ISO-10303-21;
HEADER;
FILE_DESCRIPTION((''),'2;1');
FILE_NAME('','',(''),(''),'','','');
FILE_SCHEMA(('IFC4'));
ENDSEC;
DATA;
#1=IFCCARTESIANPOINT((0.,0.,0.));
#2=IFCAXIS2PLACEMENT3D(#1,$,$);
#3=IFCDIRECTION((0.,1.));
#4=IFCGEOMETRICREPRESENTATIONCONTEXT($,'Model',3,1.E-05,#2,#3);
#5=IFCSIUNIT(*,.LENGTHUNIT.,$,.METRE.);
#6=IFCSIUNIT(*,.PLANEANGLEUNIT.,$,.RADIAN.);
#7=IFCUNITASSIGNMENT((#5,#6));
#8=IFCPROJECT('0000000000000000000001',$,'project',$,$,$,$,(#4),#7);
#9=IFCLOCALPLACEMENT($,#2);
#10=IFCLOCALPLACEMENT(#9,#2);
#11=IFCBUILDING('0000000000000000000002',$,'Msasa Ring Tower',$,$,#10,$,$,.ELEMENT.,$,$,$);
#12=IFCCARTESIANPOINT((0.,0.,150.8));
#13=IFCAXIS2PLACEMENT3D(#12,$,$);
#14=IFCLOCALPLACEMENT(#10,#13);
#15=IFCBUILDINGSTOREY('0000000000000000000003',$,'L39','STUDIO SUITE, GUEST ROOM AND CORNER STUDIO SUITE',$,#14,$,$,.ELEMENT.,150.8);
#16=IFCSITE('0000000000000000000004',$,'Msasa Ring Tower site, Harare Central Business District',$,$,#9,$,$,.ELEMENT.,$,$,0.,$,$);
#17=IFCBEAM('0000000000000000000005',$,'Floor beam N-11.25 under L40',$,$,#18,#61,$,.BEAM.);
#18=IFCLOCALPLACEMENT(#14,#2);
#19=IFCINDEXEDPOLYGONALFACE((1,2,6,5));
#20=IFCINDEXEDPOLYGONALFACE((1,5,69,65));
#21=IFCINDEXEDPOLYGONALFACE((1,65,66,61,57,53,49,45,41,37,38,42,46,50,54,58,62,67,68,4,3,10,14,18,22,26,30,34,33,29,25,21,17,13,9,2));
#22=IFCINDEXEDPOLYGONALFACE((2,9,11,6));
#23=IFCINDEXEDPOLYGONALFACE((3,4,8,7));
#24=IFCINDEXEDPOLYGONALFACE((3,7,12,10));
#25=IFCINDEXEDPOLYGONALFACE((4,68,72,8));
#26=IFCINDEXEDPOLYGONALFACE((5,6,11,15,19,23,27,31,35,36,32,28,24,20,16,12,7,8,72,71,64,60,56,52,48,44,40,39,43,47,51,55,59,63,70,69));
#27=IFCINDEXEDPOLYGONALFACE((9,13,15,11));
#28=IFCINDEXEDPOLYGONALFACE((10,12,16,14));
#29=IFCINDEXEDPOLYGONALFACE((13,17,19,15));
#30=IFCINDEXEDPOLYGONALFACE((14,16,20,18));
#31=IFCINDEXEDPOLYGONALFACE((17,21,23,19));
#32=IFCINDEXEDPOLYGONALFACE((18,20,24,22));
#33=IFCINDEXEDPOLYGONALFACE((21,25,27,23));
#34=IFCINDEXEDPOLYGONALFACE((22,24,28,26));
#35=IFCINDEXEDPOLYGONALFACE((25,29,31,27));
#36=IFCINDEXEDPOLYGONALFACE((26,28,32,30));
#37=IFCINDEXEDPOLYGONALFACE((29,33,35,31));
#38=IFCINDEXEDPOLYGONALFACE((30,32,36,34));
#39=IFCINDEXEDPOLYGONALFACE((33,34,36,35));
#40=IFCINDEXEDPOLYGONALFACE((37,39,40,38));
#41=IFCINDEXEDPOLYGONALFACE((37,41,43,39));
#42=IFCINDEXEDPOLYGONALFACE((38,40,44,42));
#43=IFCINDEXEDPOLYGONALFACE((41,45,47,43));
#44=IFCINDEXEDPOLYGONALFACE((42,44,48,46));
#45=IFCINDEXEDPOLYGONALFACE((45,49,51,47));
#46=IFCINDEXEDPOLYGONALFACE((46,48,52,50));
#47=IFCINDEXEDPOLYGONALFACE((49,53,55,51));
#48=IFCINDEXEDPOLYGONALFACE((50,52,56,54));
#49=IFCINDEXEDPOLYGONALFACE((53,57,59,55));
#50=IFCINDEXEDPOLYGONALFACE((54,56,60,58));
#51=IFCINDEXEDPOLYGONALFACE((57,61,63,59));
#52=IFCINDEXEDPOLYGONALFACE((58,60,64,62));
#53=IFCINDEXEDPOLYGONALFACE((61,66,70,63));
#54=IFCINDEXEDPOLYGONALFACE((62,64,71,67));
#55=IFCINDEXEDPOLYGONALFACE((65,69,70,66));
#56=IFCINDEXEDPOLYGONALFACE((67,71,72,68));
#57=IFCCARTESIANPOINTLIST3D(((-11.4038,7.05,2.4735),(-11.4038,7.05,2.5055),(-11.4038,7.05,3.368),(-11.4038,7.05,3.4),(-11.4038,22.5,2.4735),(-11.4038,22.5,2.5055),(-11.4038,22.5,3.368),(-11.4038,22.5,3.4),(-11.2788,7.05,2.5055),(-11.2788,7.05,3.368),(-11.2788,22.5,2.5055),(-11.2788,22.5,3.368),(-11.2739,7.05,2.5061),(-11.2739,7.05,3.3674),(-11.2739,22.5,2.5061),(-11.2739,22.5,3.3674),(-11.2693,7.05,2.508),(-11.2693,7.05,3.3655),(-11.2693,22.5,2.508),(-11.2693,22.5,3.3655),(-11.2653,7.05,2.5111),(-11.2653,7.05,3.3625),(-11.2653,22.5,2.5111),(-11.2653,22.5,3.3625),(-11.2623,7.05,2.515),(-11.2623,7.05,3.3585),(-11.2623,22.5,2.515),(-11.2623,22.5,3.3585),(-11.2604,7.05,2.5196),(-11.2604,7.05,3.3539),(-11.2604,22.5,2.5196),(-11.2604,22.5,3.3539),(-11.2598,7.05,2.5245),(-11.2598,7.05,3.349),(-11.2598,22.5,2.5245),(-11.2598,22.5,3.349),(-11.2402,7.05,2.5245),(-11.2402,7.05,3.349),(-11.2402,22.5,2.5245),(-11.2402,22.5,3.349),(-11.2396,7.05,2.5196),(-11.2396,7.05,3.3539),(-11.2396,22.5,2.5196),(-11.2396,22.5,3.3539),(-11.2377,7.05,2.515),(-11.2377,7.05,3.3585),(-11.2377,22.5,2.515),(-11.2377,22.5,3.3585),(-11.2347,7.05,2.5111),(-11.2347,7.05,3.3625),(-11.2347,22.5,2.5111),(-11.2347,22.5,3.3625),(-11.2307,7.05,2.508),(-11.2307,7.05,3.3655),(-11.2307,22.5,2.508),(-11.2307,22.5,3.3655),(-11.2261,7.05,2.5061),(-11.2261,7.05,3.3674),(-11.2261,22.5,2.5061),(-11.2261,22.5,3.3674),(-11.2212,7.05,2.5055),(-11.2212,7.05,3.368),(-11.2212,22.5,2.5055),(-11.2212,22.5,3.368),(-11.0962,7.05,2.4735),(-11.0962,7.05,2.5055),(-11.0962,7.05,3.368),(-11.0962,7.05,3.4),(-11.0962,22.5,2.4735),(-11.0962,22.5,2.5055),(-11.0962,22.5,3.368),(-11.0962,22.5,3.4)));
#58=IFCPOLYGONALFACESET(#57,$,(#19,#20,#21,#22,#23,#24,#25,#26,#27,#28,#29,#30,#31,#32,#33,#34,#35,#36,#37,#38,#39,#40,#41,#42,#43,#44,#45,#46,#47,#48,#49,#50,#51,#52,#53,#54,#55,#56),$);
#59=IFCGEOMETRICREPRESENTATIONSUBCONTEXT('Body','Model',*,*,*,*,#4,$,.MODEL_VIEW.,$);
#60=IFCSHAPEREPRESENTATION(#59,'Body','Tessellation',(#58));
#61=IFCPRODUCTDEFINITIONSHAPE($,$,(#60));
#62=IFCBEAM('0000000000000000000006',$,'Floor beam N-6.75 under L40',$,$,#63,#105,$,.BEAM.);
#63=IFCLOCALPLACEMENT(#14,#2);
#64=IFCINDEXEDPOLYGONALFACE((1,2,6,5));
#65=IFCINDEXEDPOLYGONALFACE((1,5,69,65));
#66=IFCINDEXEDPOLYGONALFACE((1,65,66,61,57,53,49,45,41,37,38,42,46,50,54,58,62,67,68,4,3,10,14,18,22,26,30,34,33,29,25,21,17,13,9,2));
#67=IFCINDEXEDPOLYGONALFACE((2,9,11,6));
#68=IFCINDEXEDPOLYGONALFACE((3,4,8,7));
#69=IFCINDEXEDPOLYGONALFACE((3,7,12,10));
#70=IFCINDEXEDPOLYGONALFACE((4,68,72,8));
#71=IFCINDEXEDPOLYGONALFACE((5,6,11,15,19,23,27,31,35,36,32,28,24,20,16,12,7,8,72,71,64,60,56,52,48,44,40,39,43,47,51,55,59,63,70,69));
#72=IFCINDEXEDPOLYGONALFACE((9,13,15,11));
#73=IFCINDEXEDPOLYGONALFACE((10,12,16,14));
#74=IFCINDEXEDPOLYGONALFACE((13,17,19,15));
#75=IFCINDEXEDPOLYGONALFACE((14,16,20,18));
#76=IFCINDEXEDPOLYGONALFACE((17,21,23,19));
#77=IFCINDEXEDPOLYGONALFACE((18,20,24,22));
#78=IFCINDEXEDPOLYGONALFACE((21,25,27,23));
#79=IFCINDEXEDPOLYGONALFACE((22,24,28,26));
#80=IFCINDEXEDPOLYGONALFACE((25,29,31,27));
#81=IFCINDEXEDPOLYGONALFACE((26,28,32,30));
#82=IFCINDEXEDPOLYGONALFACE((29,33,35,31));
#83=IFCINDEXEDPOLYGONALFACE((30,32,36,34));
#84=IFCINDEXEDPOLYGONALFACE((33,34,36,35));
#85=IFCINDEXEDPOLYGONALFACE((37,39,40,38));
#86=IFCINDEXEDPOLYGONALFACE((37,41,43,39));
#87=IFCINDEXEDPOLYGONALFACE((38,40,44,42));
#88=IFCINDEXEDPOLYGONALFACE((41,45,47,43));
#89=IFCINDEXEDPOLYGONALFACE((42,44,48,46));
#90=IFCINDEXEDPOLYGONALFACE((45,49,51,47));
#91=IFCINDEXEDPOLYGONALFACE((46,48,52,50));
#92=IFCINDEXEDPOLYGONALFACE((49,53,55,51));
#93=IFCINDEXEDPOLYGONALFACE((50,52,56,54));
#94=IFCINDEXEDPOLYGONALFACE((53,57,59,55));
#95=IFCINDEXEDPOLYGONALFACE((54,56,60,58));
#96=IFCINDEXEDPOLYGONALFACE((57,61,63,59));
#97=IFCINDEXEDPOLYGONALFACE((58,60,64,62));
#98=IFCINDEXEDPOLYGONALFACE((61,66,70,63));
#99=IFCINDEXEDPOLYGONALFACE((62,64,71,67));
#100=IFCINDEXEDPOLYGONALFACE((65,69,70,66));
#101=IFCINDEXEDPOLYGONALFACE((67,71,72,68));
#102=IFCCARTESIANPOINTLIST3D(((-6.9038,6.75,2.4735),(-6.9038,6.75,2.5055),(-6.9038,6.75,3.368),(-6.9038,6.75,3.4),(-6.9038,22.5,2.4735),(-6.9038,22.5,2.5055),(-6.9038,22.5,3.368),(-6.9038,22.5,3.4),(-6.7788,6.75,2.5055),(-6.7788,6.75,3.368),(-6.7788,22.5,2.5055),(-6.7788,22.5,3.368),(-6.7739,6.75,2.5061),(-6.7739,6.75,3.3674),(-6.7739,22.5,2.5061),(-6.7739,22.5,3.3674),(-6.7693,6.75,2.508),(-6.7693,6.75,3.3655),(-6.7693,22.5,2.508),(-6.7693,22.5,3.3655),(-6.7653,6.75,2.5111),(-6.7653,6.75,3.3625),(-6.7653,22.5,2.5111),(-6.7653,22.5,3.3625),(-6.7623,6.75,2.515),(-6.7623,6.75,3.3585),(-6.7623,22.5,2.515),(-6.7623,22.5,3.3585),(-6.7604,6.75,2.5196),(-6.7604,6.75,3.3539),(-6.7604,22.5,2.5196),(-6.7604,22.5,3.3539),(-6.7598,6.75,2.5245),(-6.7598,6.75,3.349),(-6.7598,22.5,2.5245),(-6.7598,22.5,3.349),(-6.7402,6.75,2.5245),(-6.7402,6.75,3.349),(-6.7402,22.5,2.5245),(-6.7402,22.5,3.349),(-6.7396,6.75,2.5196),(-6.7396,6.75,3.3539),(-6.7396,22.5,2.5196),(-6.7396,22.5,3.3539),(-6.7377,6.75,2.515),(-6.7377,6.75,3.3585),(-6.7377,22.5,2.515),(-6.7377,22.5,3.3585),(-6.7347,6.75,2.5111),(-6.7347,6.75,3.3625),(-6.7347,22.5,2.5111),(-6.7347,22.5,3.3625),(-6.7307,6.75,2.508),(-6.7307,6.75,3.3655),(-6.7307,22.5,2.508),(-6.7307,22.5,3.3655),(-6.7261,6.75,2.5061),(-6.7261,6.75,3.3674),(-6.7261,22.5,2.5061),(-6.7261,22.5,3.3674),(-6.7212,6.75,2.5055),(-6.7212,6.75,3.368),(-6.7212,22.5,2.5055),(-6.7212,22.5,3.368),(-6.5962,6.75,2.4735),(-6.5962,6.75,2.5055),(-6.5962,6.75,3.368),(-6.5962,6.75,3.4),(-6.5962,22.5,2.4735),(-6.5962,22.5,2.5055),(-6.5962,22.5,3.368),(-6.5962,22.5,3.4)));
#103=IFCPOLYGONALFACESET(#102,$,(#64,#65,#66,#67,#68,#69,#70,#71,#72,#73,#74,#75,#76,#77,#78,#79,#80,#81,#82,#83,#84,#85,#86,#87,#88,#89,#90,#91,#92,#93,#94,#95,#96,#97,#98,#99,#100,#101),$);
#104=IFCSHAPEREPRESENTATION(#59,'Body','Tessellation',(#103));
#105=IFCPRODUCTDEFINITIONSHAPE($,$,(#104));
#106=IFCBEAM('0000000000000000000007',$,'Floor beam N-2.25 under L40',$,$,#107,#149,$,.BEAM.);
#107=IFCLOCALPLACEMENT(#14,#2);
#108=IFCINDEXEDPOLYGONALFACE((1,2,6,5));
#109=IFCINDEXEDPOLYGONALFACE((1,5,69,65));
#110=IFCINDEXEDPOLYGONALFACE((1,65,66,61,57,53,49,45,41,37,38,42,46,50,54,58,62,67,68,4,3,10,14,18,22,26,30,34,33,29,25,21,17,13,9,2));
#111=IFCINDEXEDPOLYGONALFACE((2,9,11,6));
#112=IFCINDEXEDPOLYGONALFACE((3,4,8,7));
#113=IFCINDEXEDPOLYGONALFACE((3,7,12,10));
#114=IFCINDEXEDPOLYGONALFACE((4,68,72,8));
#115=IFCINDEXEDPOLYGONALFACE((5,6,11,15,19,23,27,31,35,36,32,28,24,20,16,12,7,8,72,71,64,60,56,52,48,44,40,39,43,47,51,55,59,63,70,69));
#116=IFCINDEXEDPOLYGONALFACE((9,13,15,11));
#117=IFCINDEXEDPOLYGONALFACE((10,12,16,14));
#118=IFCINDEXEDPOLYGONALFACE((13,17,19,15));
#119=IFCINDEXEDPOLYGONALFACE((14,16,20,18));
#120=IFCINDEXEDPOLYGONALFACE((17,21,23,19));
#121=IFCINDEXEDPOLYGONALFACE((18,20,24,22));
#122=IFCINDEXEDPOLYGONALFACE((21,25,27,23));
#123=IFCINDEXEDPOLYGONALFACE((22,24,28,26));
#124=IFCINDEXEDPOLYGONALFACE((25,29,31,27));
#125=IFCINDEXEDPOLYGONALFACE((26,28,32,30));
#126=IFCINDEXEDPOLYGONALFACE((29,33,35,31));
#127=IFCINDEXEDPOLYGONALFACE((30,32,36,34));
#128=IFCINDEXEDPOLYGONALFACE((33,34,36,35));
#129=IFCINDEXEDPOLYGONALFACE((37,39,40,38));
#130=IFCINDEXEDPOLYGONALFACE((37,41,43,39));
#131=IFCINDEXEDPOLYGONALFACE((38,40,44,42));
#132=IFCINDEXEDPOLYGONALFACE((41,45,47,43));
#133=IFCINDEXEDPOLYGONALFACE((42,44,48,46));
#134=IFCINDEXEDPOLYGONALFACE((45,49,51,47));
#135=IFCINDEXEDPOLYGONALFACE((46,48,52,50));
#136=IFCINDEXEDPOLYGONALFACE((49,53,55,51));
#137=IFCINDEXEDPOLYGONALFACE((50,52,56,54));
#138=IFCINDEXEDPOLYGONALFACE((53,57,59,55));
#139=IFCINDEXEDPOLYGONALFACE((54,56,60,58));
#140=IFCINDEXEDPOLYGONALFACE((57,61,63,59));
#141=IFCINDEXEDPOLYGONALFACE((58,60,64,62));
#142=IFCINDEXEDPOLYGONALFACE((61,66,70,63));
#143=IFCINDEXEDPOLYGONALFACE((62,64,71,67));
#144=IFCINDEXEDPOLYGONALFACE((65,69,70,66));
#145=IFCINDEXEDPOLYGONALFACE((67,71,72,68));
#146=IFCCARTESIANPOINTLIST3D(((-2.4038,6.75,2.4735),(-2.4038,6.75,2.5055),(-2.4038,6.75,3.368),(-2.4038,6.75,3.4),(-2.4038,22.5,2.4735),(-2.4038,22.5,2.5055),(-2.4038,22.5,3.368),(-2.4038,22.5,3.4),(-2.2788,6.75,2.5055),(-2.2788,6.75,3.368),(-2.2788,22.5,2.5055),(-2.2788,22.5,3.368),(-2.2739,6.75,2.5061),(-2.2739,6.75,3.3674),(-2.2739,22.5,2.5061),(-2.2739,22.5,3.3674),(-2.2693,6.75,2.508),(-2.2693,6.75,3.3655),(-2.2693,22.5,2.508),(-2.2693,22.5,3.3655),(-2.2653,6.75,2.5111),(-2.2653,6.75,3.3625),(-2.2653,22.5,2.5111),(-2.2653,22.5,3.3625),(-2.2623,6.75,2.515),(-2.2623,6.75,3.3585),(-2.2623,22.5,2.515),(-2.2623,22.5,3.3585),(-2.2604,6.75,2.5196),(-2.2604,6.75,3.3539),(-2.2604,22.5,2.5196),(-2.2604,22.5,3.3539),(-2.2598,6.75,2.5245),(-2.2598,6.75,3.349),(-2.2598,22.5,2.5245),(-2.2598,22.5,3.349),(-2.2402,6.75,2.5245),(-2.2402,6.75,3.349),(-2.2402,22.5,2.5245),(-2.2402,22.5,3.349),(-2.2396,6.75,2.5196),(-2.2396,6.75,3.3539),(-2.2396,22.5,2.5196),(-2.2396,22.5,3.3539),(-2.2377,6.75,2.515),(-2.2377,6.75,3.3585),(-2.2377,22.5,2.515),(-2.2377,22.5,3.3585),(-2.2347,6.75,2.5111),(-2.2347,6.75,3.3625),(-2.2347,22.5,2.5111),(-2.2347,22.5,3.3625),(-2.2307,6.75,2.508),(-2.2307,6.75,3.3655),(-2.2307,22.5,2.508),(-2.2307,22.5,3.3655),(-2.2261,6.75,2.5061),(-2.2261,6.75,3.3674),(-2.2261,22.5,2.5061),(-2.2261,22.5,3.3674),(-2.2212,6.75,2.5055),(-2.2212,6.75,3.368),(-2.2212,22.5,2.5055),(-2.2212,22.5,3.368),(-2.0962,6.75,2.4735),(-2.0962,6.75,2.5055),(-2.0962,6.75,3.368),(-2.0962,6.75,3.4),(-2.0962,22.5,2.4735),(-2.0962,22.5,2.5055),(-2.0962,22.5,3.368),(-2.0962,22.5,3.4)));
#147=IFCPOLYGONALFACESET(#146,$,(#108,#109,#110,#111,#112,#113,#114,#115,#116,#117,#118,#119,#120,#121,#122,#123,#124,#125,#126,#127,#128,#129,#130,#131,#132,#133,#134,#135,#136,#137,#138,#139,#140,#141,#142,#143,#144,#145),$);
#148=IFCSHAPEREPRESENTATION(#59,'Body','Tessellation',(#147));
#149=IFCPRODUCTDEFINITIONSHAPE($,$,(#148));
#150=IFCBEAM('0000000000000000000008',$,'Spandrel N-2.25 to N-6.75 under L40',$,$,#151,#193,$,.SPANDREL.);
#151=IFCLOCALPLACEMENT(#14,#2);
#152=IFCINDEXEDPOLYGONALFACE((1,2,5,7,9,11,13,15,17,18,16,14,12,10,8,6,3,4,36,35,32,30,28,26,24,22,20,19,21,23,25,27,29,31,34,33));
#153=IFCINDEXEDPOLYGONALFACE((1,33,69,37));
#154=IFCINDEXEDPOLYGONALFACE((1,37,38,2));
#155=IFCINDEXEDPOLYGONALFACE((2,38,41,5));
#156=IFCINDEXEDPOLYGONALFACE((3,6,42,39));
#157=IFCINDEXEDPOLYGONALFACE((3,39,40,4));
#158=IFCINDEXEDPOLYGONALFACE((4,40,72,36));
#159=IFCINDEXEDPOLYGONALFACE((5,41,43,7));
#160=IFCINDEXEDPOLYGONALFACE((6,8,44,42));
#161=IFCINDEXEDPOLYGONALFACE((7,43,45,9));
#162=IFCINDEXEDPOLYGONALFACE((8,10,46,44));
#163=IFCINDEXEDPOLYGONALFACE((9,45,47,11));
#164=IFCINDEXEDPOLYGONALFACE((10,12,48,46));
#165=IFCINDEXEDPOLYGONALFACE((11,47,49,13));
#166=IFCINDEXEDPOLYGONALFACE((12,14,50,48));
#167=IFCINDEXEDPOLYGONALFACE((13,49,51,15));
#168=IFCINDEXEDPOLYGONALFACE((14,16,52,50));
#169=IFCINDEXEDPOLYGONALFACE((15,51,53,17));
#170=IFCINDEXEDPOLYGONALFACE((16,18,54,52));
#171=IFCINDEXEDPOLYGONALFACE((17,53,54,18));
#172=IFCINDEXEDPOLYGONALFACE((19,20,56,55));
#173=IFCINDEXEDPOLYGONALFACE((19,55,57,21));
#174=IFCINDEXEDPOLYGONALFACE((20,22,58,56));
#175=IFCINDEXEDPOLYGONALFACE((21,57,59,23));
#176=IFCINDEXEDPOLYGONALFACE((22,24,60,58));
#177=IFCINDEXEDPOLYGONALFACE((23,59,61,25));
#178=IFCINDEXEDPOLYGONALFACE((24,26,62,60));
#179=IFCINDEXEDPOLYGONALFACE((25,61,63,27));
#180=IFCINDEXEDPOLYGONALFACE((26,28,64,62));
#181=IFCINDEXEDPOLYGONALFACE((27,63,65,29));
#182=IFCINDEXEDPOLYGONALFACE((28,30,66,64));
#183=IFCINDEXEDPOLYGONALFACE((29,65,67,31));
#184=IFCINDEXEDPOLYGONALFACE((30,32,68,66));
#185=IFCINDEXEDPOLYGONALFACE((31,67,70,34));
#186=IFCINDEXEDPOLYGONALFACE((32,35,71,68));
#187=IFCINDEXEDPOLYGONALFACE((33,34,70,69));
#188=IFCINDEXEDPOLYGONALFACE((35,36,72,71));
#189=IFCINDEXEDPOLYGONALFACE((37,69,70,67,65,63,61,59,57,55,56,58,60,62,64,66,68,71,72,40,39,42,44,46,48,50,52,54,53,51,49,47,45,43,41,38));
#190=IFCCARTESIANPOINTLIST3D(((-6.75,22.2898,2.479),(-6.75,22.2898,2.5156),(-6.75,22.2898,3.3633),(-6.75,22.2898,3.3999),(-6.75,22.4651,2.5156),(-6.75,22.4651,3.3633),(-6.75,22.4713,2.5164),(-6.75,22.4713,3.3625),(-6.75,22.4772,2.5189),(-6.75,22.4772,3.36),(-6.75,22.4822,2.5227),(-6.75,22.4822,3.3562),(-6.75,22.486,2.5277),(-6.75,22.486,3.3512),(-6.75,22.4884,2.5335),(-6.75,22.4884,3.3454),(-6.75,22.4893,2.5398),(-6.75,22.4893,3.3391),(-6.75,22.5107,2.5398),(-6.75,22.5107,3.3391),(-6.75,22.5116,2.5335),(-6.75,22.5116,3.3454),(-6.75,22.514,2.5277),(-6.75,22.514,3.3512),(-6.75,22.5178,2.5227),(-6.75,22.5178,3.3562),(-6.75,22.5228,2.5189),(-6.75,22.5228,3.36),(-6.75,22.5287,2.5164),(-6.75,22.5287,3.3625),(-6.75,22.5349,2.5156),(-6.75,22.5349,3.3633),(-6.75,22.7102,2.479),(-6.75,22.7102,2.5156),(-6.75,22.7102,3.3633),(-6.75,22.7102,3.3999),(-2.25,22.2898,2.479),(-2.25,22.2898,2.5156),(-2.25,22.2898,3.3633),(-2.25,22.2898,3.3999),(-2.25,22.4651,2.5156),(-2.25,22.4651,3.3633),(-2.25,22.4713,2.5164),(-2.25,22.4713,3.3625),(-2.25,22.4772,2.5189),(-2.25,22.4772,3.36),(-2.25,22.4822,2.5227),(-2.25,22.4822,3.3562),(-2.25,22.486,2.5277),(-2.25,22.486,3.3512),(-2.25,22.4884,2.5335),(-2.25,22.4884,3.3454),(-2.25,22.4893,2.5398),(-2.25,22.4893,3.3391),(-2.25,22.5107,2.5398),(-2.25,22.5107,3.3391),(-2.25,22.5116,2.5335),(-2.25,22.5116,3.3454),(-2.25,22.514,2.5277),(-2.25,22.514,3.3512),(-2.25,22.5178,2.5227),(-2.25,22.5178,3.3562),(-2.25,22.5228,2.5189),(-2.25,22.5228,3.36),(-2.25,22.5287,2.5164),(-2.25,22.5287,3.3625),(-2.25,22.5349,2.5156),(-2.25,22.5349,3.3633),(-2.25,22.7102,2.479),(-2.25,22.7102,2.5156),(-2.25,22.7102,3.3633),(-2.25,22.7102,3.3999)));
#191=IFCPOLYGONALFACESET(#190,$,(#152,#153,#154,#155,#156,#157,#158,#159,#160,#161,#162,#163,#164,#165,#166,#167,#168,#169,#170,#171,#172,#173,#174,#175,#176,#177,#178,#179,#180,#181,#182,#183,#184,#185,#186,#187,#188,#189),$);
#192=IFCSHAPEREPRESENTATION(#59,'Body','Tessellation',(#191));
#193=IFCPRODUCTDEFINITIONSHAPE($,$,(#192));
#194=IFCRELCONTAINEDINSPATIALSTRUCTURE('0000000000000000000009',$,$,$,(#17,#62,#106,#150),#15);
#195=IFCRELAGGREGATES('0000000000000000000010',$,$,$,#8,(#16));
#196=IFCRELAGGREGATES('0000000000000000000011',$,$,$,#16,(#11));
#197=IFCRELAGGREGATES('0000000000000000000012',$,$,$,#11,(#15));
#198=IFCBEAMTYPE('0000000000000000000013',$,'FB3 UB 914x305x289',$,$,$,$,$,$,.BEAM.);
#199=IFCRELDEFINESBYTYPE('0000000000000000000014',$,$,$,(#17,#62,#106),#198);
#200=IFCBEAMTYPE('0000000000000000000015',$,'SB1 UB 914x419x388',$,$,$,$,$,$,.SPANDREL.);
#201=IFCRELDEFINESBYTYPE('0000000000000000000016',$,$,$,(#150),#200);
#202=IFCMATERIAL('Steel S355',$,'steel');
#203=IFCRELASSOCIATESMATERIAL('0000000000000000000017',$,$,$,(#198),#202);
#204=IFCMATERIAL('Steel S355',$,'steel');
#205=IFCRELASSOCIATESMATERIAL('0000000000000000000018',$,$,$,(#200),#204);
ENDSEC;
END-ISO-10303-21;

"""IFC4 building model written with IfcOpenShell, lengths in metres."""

from ifc_helpers import new_model, si_unit, direction, frame, origin, origin_2d, place, context, subcontext, project, spatial, i_section, extrude, material, material_profile, profile_set, type_object, element, save


model = new_model("IFC4")

# Units and contexts
model_context = context("Model", 3, precision=1e-05, world=origin(), true_north=direction((0.0, 1.0)))
body_context = subcontext(model_context, "Body", "Model", "MODEL_VIEW")
ifc_project = project(units=[si_unit("LENGTHUNIT", "METRE"), si_unit("PLANEANGLEUNIT", "RADIAN")], contexts=[model_context])

# Site, building, storey
site_placement = place(None, origin())
site = spatial("IfcSite", under=ifc_project, at=site_placement, Name="Msasa Ring Tower site, Harare Central Business District", CompositionType="ELEMENT", RefElevation=0.0)
building_placement = place(site_placement, origin())
building = spatial("IfcBuilding", under=site, at=building_placement, Name="Msasa Ring Tower", CompositionType="ELEMENT")
storey_placement = place(building_placement, frame((0.0, 0.0, 150.8)))
storey = spatial("IfcBuildingStorey", under=building, at=storey_placement, Name="L39", Description="STUDIO SUITE, GUEST ROOM AND CORNER STUDIO SUITE", CompositionType="ELEMENT", Elevation=150.8)

# Beams
ifc_material_1 = material(Name="Steel S355", Category="steel")
ifc_material_profile_1 = material_profile(ifc_material_1, i_section(OverallWidth=0.3076, OverallDepth=0.9265, WebThickness=0.0195, FlangeThickness=0.032, FilletRadius=0.019, at=origin_2d()), Name="UB 914x305x289")
ifc_profile_set_1 = profile_set([ifc_material_profile_1], Name="Steel S355")
beam_type_1 = type_object("IfcBeamType", Name="FB3 UB 914x305x289", PredefinedType="BEAM", material=ifc_profile_set_1)
for number, where, z_axis, x_axis, name in (
    (1, (-11.25, 22.5, 2.9368), (0.0, -1.0, 0.0), (1.0, 0.0, 0.0), "Floor beam N-11.25 under L40"),
):
    element("IfcBeam", number, at=place(storey_placement, frame(where, z_axis=z_axis, x_axis=x_axis)), inside=storey, type_object=beam_type_1, Name=name, PredefinedType="BEAM", context=body_context, shape_type="SweptSolid", body=[
        extrude(i_section(OverallWidth=0.3076, OverallDepth=0.9265, WebThickness=0.0195, FlangeThickness=0.032, FilletRadius=0.019, at=origin_2d()), origin(), (0.0, 0.0, 1.0), 15.45),
    ])
for number, where, z_axis, x_axis, name in (
    (2, (-6.75, 22.5, 2.9368), (0.0, -1.0, 0.0), (1.0, 0.0, 0.0), "Floor beam N-6.75 under L40"),
    (3, (-2.25, 22.5, 2.9368), (0.0, -1.0, 0.0), (1.0, 0.0, 0.0), "Floor beam N-2.25 under L40"),
):
    element("IfcBeam", number, at=place(storey_placement, frame(where, z_axis=z_axis, x_axis=x_axis)), inside=storey, type_object=beam_type_1, Name=name, PredefinedType="BEAM", context=body_context, shape_type="SweptSolid", body=[
        extrude(i_section(OverallWidth=0.3076, OverallDepth=0.9265, WebThickness=0.0195, FlangeThickness=0.032, FilletRadius=0.019, at=origin_2d()), origin(), (0.0, 0.0, 1.0), 15.75),
    ])
ifc_material_2 = material(Name="Steel S355", Category="steel")
ifc_material_profile_2 = material_profile(ifc_material_2, i_section(OverallWidth=0.4204, OverallDepth=0.9209, WebThickness=0.0215, FlangeThickness=0.0366, FilletRadius=0.0242, at=origin_2d()), Name="UB 914x419x388")
ifc_profile_set_2 = profile_set([ifc_material_profile_2], Name="Steel S355")
beam_type_2 = type_object("IfcBeamType", Name="SB1 UB 914x419x388", PredefinedType="SPANDREL", material=ifc_profile_set_2)
for number, where, z_axis, x_axis, name in (
    (4, (-2.25, 22.5, 2.9395), (-1.0, 0.0, 0.0), (0.0, -1.0, 0.0), "Spandrel N-2.25 to N-6.75 under L40"),
):
    element("IfcBeam", number, at=place(storey_placement, frame(where, z_axis=z_axis, x_axis=x_axis)), inside=storey, type_object=beam_type_2, Name=name, PredefinedType="SPANDREL", context=body_context, shape_type="SweptSolid", body=[
        extrude(i_section(OverallWidth=0.4204, OverallDepth=0.9209, WebThickness=0.0215, FlangeThickness=0.0366, FilletRadius=0.0242, at=origin_2d()), origin(), (0.0, 0.0, 1.0), 4.5),
    ])

save(model, "model.ifc")
